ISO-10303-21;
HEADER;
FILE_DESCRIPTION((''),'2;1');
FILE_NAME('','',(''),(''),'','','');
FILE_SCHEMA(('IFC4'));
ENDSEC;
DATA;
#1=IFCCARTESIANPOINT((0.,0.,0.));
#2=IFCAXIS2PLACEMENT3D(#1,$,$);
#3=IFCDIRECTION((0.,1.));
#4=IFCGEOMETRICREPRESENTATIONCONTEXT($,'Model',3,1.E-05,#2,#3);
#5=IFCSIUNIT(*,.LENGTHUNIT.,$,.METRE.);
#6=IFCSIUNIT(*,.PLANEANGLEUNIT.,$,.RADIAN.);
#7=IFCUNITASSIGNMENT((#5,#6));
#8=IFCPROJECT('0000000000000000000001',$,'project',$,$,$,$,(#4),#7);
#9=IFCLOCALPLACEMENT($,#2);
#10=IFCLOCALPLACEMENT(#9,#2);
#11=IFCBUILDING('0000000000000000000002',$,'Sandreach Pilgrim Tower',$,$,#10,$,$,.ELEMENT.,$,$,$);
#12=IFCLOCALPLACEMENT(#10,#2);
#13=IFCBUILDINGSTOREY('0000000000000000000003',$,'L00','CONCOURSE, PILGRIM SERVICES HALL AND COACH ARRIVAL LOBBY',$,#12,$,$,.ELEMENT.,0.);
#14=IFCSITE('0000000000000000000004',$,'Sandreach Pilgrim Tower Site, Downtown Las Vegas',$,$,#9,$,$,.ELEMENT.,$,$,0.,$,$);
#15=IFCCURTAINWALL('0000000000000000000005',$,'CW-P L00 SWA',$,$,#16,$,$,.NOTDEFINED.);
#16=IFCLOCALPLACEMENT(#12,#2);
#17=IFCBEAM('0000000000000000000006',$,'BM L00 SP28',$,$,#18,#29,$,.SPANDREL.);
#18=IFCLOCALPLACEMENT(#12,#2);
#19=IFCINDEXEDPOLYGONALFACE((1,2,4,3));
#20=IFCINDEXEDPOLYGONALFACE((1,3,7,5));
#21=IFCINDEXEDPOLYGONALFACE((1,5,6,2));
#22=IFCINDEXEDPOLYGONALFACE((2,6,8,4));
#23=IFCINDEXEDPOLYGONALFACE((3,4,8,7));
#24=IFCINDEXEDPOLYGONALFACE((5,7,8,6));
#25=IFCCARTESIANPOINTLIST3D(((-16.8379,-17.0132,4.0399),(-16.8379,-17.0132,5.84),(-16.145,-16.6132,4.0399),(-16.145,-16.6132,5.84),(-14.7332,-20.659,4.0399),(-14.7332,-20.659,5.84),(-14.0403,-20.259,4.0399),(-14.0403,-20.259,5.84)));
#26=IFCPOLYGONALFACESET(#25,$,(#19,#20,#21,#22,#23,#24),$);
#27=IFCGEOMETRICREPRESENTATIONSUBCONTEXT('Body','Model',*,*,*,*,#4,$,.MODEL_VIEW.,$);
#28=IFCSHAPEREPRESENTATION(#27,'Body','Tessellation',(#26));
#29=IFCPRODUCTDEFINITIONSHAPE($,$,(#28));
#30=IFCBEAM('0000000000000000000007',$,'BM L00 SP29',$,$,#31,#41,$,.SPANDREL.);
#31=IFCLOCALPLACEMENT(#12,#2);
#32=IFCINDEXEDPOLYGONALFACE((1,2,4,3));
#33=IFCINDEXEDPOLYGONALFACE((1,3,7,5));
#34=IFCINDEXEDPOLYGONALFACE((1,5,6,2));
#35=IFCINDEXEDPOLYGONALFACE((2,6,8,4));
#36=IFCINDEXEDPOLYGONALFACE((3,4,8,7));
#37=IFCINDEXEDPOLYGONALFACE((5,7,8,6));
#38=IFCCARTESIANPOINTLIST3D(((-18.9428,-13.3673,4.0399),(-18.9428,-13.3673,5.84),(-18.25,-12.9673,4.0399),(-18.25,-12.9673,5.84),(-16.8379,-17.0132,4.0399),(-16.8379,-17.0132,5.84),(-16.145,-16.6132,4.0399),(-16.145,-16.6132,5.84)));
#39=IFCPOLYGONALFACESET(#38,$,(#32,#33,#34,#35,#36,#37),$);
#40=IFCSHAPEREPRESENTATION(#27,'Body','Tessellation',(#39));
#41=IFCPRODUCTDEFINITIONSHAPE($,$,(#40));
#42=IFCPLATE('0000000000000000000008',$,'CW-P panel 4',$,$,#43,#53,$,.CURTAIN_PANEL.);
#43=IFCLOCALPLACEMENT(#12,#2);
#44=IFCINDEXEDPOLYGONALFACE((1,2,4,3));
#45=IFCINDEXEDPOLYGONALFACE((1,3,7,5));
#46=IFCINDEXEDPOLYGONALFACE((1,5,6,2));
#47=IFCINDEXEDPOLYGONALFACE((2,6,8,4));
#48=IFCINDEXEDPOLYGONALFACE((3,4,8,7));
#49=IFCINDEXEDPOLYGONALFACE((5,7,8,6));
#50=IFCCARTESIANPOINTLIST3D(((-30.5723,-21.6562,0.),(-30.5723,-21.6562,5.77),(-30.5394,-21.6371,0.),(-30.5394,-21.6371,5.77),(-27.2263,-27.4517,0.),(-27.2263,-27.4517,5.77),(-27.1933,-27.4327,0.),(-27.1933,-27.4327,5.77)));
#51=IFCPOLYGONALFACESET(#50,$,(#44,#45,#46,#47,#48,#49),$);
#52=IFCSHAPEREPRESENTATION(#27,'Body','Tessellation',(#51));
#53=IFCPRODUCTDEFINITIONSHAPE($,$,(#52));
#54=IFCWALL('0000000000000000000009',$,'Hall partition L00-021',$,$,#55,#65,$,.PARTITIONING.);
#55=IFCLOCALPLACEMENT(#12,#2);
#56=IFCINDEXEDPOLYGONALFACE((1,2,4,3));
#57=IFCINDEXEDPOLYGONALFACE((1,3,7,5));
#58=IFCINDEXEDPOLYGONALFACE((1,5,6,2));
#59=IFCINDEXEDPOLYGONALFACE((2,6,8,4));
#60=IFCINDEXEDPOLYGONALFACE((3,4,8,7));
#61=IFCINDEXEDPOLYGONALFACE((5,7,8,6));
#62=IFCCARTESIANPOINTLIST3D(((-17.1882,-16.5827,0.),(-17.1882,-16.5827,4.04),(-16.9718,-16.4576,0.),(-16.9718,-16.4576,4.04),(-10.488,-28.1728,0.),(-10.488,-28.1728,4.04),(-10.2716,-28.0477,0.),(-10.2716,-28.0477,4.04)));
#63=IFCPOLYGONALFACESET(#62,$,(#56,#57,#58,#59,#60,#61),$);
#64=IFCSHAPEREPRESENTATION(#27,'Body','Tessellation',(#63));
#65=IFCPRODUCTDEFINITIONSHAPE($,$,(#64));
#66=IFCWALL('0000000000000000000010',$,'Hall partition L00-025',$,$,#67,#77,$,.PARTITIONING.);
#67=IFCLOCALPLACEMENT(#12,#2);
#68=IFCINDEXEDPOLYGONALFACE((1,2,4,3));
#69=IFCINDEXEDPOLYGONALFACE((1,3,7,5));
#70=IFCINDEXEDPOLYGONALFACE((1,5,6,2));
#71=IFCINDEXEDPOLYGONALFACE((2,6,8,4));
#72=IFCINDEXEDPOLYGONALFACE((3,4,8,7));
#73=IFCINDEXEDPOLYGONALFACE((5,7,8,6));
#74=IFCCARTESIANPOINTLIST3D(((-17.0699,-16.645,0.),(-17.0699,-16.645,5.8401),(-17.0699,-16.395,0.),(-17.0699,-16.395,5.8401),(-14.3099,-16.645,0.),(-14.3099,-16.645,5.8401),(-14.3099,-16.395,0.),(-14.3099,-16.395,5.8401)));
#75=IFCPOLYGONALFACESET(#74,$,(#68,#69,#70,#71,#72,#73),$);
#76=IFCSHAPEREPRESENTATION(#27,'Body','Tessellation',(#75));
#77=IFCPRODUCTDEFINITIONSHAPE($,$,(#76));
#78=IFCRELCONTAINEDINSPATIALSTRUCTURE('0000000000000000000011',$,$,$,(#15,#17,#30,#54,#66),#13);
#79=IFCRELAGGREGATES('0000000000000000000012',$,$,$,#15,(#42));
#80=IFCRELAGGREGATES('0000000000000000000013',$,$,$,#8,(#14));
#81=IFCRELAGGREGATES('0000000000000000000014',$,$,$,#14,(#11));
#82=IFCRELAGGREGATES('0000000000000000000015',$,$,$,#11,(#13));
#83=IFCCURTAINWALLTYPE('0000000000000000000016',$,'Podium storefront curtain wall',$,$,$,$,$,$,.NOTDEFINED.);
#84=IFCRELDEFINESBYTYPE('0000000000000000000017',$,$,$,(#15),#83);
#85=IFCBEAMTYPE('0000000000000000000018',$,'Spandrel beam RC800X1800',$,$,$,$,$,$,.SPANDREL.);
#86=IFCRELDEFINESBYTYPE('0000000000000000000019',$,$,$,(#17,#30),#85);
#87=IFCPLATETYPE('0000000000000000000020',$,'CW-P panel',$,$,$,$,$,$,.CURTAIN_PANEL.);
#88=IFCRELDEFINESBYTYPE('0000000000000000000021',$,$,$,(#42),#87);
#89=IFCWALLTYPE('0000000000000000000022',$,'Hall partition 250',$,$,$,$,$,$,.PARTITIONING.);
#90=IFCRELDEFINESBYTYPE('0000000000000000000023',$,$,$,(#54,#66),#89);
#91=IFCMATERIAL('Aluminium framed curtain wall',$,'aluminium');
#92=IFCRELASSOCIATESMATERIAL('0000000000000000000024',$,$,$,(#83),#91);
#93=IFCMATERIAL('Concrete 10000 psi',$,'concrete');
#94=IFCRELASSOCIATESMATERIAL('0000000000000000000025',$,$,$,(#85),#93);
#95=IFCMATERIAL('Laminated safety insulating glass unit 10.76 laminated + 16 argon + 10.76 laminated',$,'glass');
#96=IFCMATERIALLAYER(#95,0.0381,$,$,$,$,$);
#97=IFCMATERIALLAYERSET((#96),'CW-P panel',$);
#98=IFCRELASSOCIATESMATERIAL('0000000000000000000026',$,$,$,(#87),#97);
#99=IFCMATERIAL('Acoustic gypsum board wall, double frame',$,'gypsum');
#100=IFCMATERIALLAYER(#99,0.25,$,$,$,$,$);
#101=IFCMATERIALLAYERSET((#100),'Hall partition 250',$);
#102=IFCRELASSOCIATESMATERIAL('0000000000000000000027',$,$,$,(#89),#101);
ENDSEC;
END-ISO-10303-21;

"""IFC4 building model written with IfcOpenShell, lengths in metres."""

from ifc_helpers import new_model, si_unit, direction, frame, frame_2d, origin, origin_2d, place, context, subcontext, project, spatial, rectangle, extrude, material, layer, layer_set, material_profile, profile_set, type_object, element, aggregate, save


model = new_model("IFC4")

# Units and contexts
model_context = context("Model", 3, precision=1e-05, world=origin(), true_north=direction((0.0, 1.0)))
body_context = subcontext(model_context, "Body", "Model", "MODEL_VIEW")
ifc_project = project(units=[si_unit("LENGTHUNIT", "METRE"), si_unit("PLANEANGLEUNIT", "RADIAN")], contexts=[model_context])

# Site, building, storey
site_placement = place(None, origin())
site = spatial("IfcSite", under=ifc_project, at=site_placement, Name="Sandreach Pilgrim Tower Site, Downtown Las Vegas", CompositionType="ELEMENT", RefElevation=0.0)
building_placement = place(site_placement, origin())
building = spatial("IfcBuilding", under=site, at=building_placement, Name="Sandreach Pilgrim Tower", CompositionType="ELEMENT")
storey_placement = place(building_placement, origin())
storey = spatial("IfcBuildingStorey", under=building, at=storey_placement, Name="L00", Description="CONCOURSE, PILGRIM SERVICES HALL AND COACH ARRIVAL LOBBY", CompositionType="ELEMENT", Elevation=0.0)

# Curtain wall
ifc_material_1 = material(Name="Aluminium framed curtain wall", Category="aluminium")
curtain_wall_type = type_object("IfcCurtainWallType", Name="Podium storefront curtain wall", PredefinedType="NOTDEFINED", material=ifc_material_1)
curtain_wall_placement = place(storey_placement, origin())
curtain_wall = element("IfcCurtainWall", 1, at=curtain_wall_placement, inside=storey, type_object=curtain_wall_type, Name="CW-P L00 SWA", PredefinedType="NOTDEFINED")

# Beams
ifc_material_2 = material(Name="Concrete 10000 psi", Category="concrete")
ifc_material_profile_1 = material_profile(ifc_material_2, rectangle(XDim=0.8, YDim=1.8, at=origin_2d()), Name="RC800X1800")
ifc_profile_set_1 = profile_set([ifc_material_profile_1], Name="Concrete 10000 psi")
beam_type_1 = type_object("IfcBeamType", Name="Spandrel beam RC800X1800", PredefinedType="SPANDREL", material=ifc_profile_set_1)
beam_1_placement = place(storey_placement, frame((-14.3867, -20.459, 4.9399), z_axis=(-0.499975, 0.86604, 0.0), x_axis=(-0.86604, -0.499975, 0.0)))
element("IfcBeam", 2, at=beam_1_placement, inside=storey, type_object=beam_type_1, Name="BM L00 SP28", PredefinedType="SPANDREL", context=body_context, shape_type="SweptSolid", body=[
    extrude(rectangle(XDim=0.8, YDim=1.8, at=origin_2d()), origin(), (0.0, 0.0, 1.0), 4.2097),
])
beam_2_placement = place(storey_placement, frame((-16.4915, -16.8132, 4.9399), z_axis=(-0.499994, 0.866029, 0.0), x_axis=(-0.866029, -0.499994, 0.0)))
element("IfcBeam", 3, at=beam_2_placement, inside=storey, type_object=beam_type_1, Name="BM L00 SP29", PredefinedType="SPANDREL", context=body_context, shape_type="SweptSolid", body=[
    extrude(rectangle(XDim=0.8, YDim=1.8, at=origin_2d()), origin(), (0.0, 0.0, 1.0), 4.21),
])

# Plate
ifc_material_3 = material(Name="Laminated safety insulating glass unit 10.76 laminated + 16 argon + 10.76 laminated", Category="glass")
ifc_layer_1 = layer(ifc_material_3, 0.0381)
ifc_layer_set_1 = layer_set([ifc_layer_1], Name="CW-P panel")
plate_type = type_object("IfcPlateType", Name="CW-P panel", PredefinedType="CURTAIN_PANEL", material=ifc_layer_set_1)
plate_placement = place(storey_placement, frame((-28.8828, -24.5444, 0.0), z_axis=(0.0, 0.0, 1.0), x_axis=(-0.5, 0.866025, 0.0)))
plate = element("IfcPlate", 4, at=plate_placement, type_object=plate_type, Name="CW-P panel 4", PredefinedType="CURTAIN_PANEL", context=body_context, shape_type="SweptSolid", body=[
    extrude(rectangle(XDim=6.6921, YDim=0.0381, at=origin_2d()), origin(), (0.0, 0.0, 1.0), 5.77),
])
aggregate(curtain_wall, [plate])

# Walls
ifc_material_4 = material(Name="Acoustic gypsum board wall, double frame", Category="gypsum")
ifc_layer_2 = layer(ifc_material_4, 0.25)
ifc_layer_set_2 = layer_set([ifc_layer_2], Name="Hall partition 250")
wall_type_1 = type_object("IfcWallType", Name="Hall partition 250", PredefinedType="PARTITIONING", material=ifc_layer_set_2)
wall_1_placement = place(storey_placement, frame((-17.0801, -16.52, 0.0), z_axis=(0.0, 0.0, 1.0), x_axis=(0.500485, -0.865745, 0.0)))
element("IfcWall", 5, at=wall_1_placement, inside=storey, type_object=wall_type_1, Name="Hall partition L00-021", PredefinedType="PARTITIONING", context=body_context, shape_type="SweptSolid", body=[
    extrude(rectangle(XDim=13.3875, YDim=0.25, at=frame_2d((6.6938, 0.0))), origin(), (0.0, 0.0, 1.0), 4.04),
])
wall_2_placement = place(storey_placement, frame((-14.3101, -16.52, 0.0), z_axis=(0.0, 0.0, 1.0), x_axis=(-1.0, 0.0, 0.0)))
element("IfcWall", 6, at=wall_2_placement, inside=storey, type_object=wall_type_1, Name="Hall partition L00-025", PredefinedType="PARTITIONING", context=body_context, shape_type="SweptSolid", body=[
    extrude(rectangle(XDim=2.76, YDim=0.25, at=frame_2d((1.3799, 0.0))), origin(), (0.0, 0.0, 1.0), 5.8401),
])

save(model, "model.ifc")
